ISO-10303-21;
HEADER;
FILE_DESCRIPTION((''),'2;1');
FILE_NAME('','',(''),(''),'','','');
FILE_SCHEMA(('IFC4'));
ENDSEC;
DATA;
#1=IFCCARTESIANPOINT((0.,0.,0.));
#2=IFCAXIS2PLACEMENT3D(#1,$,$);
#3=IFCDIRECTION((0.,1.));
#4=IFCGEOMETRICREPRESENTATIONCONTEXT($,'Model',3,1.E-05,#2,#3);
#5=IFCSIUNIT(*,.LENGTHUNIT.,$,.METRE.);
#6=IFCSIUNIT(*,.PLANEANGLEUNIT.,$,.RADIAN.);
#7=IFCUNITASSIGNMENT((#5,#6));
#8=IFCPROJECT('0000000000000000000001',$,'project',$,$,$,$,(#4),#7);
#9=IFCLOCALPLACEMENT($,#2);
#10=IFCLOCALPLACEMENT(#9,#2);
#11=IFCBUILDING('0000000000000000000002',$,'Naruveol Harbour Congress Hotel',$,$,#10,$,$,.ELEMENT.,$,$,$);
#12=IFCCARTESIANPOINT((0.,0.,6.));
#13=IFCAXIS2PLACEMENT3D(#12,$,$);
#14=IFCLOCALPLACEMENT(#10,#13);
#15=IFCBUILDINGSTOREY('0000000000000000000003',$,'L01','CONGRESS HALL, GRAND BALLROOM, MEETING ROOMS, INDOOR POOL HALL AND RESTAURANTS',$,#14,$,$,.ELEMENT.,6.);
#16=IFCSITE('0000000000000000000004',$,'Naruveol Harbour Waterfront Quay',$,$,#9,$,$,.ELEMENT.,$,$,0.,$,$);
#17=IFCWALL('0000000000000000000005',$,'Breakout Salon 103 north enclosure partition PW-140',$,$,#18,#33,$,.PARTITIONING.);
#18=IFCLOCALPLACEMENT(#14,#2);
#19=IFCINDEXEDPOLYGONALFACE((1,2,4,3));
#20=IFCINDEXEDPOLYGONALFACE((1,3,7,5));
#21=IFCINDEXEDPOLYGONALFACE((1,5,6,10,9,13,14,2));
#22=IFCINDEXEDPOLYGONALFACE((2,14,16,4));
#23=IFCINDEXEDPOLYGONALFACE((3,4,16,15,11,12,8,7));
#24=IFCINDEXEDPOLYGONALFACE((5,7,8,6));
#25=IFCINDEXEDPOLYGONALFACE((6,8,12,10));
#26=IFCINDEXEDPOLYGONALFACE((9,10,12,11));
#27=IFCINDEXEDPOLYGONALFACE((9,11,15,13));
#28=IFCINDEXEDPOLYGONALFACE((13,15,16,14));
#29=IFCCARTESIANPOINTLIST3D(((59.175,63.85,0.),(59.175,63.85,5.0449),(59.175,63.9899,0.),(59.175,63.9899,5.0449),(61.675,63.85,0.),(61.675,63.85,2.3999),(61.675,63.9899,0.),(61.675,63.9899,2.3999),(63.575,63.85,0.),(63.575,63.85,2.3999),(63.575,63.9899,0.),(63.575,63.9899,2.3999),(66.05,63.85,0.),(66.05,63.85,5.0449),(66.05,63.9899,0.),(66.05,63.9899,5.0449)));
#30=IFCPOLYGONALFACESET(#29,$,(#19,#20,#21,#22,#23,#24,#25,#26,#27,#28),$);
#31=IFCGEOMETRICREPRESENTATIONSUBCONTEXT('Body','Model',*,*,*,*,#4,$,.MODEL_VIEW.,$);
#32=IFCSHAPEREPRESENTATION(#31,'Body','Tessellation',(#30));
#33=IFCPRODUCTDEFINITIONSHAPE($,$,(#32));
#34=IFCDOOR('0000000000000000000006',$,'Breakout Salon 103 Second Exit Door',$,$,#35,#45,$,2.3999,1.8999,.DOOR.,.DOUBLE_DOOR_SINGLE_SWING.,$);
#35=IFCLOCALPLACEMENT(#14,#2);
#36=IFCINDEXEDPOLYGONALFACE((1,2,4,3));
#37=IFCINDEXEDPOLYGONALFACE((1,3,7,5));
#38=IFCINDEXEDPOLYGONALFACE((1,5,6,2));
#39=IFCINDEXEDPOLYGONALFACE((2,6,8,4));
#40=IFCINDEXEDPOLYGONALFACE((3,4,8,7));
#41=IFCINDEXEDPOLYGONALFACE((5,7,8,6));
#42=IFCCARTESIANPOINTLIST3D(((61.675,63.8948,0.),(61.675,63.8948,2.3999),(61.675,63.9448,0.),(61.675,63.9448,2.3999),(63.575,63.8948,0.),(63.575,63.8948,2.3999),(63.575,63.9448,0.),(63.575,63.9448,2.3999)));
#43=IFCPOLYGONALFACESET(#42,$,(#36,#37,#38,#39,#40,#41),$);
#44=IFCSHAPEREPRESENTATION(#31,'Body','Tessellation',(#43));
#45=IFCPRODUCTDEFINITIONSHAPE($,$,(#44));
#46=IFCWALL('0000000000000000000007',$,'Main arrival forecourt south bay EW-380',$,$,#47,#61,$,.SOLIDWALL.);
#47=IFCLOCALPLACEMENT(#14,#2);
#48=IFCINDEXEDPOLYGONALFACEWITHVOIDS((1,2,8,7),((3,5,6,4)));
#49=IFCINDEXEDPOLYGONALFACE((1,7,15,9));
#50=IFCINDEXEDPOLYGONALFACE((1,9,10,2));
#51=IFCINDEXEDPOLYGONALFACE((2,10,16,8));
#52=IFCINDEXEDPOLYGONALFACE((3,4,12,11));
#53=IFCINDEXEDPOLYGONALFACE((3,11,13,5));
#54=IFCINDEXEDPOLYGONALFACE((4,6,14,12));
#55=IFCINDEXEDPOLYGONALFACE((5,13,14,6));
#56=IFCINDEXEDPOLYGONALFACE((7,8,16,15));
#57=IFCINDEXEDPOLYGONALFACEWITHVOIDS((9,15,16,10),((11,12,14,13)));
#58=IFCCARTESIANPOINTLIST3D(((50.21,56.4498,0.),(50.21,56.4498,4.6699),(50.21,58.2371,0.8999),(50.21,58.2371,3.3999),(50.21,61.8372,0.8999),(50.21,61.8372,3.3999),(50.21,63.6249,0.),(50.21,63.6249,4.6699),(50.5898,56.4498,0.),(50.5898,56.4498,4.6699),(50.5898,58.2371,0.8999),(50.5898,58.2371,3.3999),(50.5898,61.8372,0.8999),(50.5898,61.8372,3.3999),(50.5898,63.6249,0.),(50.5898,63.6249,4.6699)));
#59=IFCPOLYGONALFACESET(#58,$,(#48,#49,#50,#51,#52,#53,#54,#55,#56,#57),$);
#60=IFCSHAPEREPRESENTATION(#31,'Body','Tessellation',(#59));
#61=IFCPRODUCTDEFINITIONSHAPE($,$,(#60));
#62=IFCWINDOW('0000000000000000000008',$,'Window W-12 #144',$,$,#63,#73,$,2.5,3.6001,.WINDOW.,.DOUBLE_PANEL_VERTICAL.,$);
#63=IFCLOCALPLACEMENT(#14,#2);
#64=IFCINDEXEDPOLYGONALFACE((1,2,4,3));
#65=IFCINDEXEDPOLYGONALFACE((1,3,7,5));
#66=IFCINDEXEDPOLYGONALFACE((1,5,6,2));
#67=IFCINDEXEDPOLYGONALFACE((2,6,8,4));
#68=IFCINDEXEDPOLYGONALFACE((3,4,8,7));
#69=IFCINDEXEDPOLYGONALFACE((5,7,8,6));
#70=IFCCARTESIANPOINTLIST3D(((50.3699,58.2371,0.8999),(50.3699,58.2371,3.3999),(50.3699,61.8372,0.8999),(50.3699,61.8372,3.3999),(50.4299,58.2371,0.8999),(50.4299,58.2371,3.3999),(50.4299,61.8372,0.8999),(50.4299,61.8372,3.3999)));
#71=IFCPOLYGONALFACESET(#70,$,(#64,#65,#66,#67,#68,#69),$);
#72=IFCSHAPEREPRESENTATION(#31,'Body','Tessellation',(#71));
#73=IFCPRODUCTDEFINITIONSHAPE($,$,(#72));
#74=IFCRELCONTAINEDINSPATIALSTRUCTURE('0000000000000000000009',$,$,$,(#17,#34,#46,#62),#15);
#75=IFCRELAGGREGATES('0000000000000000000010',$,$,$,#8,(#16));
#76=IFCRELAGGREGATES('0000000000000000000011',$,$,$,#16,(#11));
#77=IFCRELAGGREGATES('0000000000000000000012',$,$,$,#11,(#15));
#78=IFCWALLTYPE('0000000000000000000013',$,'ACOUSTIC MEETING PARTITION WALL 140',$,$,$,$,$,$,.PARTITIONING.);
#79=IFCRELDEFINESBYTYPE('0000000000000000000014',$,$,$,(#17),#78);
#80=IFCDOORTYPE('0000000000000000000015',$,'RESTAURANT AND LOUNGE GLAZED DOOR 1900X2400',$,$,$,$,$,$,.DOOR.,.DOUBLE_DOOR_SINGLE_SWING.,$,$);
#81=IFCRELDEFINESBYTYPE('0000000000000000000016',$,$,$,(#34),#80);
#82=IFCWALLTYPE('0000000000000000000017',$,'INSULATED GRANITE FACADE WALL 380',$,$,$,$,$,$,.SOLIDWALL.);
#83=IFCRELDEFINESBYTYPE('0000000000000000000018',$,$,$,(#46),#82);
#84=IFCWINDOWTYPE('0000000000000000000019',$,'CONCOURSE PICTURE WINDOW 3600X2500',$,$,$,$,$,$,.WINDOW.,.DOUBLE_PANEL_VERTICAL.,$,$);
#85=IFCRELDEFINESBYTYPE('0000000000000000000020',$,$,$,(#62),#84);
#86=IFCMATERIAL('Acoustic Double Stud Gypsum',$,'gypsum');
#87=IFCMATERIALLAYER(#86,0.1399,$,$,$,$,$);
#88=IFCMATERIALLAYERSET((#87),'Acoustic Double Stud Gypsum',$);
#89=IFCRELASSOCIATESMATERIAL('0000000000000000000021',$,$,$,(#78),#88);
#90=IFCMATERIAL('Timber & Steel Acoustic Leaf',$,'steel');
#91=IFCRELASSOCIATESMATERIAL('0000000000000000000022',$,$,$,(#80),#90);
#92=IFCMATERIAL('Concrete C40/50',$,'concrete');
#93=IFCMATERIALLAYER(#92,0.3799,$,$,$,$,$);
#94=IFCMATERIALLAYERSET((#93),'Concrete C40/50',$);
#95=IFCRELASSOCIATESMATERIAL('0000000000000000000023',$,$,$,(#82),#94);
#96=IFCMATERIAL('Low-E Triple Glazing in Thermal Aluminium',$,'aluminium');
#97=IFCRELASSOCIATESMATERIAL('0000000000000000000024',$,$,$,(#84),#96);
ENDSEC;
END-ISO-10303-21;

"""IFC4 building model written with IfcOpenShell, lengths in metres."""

from ifc_helpers import new_model, si_unit, direction, frame, frame_2d, origin, place, context, subcontext, project, spatial, rectangle, extrude, material, layer, layer_set, type_object, element, fill, save


model = new_model("IFC4")

# Units and contexts
model_context = context("Model", 3, precision=1e-05, world=origin(), true_north=direction((0.0, 1.0)))
body_context = subcontext(model_context, "Body", "Model", "MODEL_VIEW")
ifc_project = project(units=[si_unit("LENGTHUNIT", "METRE"), si_unit("PLANEANGLEUNIT", "RADIAN")], contexts=[model_context])

# Site, building, storey
site_placement = place(None, origin())
site = spatial("IfcSite", under=ifc_project, at=site_placement, Name="Naruveol Harbour Waterfront Quay", CompositionType="ELEMENT", RefElevation=0.0)
building_placement = place(site_placement, origin())
building = spatial("IfcBuilding", under=site, at=building_placement, Name="Naruveol Harbour Congress Hotel", CompositionType="ELEMENT")
storey_placement = place(building_placement, frame((0.0, 0.0, 6.0)))
storey = spatial("IfcBuildingStorey", under=building, at=storey_placement, Name="L01", Description="CONGRESS HALL, GRAND BALLROOM, MEETING ROOMS, INDOOR POOL HALL AND RESTAURANTS", CompositionType="ELEMENT", Elevation=6.0)

# Shared definitions
ifc_material_1 = material(Name="Acoustic Double Stud Gypsum", Category="gypsum")
ifc_layer_1 = layer(ifc_material_1, 0.1399)
ifc_layer_set_1 = layer_set([ifc_layer_1], Name="Acoustic Double Stud Gypsum")
wall_type_1 = type_object("IfcWallType", Name="ACOUSTIC MEETING PARTITION WALL 140", PredefinedType="PARTITIONING", material=ifc_layer_set_1)
ifc_material_2 = material(Name="Timber & Steel Acoustic Leaf", Category="steel")
door_type = type_object("IfcDoorType", Name="RESTAURANT AND LOUNGE GLAZED DOOR 1900X2400", OperationType="DOUBLE_DOOR_SINGLE_SWING", PredefinedType="DOOR", material=ifc_material_2)

# Wall, opening, door
wall_1_placement = place(storey_placement, frame((59.175, 63.9199, 0.0), z_axis=(0.0, 0.0, 1.0), x_axis=(1.0, 0.0, 0.0)))
wall_1 = element("IfcWall", 1, at=wall_1_placement, inside=storey, type_object=wall_type_1, Name="Breakout Salon 103 north enclosure partition PW-140", PredefinedType="PARTITIONING", context=body_context, shape_type="SweptSolid", body=[
    extrude(rectangle(XDim=6.875, YDim=0.1399, at=frame_2d((3.4375, 0.0))), origin(), (0.0, 0.0, 1.0), 5.0449),
])
opening_1_placement = place(wall_1_placement, frame((2.5, 0.0, 0.0)))
opening_1 = element("IfcOpeningElement", 2, at=opening_1_placement, cuts=wall_1, PredefinedType="OPENING", context=body_context, shape_type="SweptSolid", body=[
    extrude(rectangle(XDim=1.8999, YDim=2.3999, at=frame_2d((0.95, 1.2))), frame((0.0, 0.0798, 0.0), z_axis=(0.0, -1.0, 0.0), x_axis=(1.0, 0.0, 0.0)), (0.0, 0.0, 1.0), 0.1599),
])
door_1_placement = place(opening_1_placement, origin())
door_1 = element("IfcDoor", 3, at=door_1_placement, inside=storey, type_object=door_type, Name="Breakout Salon 103 Second Exit Door", OperationType="DOUBLE_DOOR_SINGLE_SWING", OverallHeight=2.3999, OverallWidth=1.8999, PredefinedType="DOOR", context=body_context, shape_type="SweptSolid", body=[
    extrude(rectangle(XDim=1.8999, YDim=2.3999, at=frame_2d((0.95, 1.2))), frame((0.0, 0.0249, 0.0), z_axis=(0.0, -1.0, 0.0), x_axis=(1.0, 0.0, 0.0)), (0.0, 0.0, 1.0), 0.05),
])
fill(opening_1, door_1)

# Wall, opening, window
ifc_material_3 = material(Name="Concrete C40/50", Category="concrete")
ifc_layer_2 = layer(ifc_material_3, 0.3799)
ifc_layer_set_2 = layer_set([ifc_layer_2], Name="Concrete C40/50")
wall_type_2 = type_object("IfcWallType", Name="INSULATED GRANITE FACADE WALL 380", PredefinedType="SOLIDWALL", material=ifc_layer_set_2)
wall_2_placement = place(storey_placement, frame((50.3999, 56.45, 0.0), z_axis=(0.0, 0.0, 1.0), x_axis=(0.0, 1.0, 0.0)))
wall_2 = element("IfcWall", 4, at=wall_2_placement, inside=storey, type_object=wall_type_2, Name="Main arrival forecourt south bay EW-380", PredefinedType="SOLIDWALL", context=body_context, shape_type="SweptSolid", body=[
    extrude(rectangle(XDim=7.175, YDim=0.3799, at=frame_2d((3.5874, 0.0))), origin(), (0.0, 0.0, 1.0), 4.6699),
])
opening_2_placement = place(wall_2_placement, frame((1.7871, 0.0, 0.8999)))
opening_2 = element("IfcOpeningElement", 5, at=opening_2_placement, cuts=wall_2, PredefinedType="OPENING", context=body_context, shape_type="SweptSolid", body=[
    extrude(rectangle(XDim=3.6001, YDim=2.5, at=frame_2d((1.8, 1.25))), frame((0.0, 0.2, 0.0), z_axis=(0.0, -1.0, 0.0), x_axis=(1.0, 0.0, 0.0)), (0.0, 0.0, 1.0), 0.3999),
])
ifc_material_4 = material(Name="Low-E Triple Glazing in Thermal Aluminium", Category="aluminium")
window_type = type_object("IfcWindowType", Name="CONCOURSE PICTURE WINDOW 3600X2500", PartitioningType="DOUBLE_PANEL_VERTICAL", PredefinedType="WINDOW", material=ifc_material_4)
window_placement = place(opening_2_placement, origin())
window = element("IfcWindow", 6, at=window_placement, inside=storey, type_object=window_type, Name="Window W-12 #144", OverallHeight=2.5, OverallWidth=3.6001, PartitioningType="DOUBLE_PANEL_VERTICAL", PredefinedType="WINDOW", context=body_context, shape_type="SweptSolid", body=[
    extrude(rectangle(XDim=3.6001, YDim=2.5, at=frame_2d((1.8, 1.25))), frame((0.0, 0.03, 0.0), z_axis=(0.0, -1.0, 0.0), x_axis=(1.0, 0.0, 0.0)), (0.0, 0.0, 1.0), 0.0601),
])
fill(opening_2, window)

save(model, "model.ifc")
